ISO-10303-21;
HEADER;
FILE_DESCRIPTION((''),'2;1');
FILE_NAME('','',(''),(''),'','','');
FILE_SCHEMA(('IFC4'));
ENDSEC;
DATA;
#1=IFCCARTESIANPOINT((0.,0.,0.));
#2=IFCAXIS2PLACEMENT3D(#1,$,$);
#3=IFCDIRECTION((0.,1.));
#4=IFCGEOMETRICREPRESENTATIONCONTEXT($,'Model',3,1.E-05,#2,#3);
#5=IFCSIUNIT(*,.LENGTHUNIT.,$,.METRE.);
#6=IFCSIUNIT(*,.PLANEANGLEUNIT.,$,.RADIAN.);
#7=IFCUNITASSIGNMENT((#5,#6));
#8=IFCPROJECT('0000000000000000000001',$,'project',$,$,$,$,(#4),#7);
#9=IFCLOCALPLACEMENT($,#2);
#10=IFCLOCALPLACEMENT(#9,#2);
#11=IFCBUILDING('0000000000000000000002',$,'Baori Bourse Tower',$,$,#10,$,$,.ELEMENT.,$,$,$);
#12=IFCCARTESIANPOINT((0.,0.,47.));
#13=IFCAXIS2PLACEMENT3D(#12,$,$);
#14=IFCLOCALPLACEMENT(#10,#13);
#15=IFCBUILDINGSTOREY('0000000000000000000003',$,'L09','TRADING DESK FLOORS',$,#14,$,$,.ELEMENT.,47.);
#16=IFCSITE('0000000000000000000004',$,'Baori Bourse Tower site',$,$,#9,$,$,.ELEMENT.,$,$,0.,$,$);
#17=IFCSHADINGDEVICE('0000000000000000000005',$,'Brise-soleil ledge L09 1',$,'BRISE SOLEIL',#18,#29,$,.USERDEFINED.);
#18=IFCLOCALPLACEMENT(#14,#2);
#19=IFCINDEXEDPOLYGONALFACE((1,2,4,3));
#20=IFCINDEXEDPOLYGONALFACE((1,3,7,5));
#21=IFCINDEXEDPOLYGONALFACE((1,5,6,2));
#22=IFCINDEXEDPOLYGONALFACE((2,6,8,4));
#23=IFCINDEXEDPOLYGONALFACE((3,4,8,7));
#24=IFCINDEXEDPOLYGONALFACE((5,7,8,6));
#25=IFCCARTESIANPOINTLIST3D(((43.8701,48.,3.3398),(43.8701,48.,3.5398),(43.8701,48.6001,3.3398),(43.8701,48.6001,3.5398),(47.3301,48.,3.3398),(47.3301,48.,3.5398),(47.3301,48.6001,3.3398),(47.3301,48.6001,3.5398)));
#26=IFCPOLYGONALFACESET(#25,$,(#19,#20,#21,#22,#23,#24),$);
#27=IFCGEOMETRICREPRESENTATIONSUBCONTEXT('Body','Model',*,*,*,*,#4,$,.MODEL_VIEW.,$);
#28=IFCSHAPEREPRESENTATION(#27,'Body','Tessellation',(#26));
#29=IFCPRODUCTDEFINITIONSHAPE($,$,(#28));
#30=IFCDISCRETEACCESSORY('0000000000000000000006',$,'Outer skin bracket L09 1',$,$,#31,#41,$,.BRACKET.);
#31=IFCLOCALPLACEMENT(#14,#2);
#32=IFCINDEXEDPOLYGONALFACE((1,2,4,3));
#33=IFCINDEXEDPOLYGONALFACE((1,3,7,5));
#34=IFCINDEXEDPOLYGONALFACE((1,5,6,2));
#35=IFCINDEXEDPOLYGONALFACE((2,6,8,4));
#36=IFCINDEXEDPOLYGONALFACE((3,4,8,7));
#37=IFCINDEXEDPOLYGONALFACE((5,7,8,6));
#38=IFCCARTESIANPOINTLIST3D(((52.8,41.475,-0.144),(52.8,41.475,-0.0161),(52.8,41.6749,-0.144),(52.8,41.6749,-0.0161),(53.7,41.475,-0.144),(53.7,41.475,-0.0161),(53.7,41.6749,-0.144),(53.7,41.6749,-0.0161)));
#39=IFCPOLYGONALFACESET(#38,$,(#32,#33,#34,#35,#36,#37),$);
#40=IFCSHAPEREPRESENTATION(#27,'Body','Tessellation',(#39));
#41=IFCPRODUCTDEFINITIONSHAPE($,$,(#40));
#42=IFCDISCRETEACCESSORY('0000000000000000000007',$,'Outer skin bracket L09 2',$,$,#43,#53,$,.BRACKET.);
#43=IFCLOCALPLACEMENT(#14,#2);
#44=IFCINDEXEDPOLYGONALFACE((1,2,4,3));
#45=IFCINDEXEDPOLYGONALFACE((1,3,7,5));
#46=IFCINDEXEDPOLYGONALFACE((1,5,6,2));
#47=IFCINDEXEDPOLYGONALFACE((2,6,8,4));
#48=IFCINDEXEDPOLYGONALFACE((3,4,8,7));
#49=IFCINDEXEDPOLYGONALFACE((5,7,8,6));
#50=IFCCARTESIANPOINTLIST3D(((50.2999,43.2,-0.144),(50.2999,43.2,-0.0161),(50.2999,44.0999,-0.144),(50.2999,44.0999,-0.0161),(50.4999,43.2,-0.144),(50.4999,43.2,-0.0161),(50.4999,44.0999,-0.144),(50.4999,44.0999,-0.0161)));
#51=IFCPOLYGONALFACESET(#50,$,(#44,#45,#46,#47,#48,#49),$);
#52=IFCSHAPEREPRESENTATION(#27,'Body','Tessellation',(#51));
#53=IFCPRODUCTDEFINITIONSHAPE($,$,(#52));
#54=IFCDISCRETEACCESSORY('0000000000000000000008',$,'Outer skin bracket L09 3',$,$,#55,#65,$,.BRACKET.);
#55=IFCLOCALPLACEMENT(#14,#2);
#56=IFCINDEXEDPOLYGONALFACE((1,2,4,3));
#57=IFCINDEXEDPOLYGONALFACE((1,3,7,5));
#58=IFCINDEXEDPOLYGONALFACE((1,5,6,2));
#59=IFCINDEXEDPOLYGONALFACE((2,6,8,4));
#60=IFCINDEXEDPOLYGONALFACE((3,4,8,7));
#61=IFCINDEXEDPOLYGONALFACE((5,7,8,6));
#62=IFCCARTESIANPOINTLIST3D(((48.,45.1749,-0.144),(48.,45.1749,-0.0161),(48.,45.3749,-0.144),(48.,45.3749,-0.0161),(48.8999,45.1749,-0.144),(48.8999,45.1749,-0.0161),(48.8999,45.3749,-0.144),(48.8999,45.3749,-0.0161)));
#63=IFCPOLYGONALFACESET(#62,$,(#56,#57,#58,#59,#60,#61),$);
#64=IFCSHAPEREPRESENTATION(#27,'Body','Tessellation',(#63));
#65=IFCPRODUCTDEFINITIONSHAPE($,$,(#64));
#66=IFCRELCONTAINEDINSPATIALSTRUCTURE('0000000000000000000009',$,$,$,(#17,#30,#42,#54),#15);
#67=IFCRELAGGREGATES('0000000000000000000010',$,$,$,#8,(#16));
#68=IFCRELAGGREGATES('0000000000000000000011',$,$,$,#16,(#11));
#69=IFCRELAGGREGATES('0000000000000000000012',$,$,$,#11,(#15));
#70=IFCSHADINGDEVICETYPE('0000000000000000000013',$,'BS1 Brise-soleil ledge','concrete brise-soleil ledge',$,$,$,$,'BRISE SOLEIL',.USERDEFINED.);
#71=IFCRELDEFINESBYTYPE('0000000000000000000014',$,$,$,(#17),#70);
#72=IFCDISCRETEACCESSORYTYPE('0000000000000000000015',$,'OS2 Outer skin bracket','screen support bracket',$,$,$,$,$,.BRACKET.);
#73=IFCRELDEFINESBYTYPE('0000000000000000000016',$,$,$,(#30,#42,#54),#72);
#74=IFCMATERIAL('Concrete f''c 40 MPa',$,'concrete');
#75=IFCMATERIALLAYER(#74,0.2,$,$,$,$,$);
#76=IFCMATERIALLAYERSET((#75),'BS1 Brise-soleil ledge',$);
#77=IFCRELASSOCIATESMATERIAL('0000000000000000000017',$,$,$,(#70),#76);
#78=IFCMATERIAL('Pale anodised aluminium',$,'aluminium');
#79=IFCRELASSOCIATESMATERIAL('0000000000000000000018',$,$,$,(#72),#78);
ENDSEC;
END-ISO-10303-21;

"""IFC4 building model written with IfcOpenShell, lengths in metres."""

from ifc_helpers import new_model, si_unit, direction, frame, origin, origin_2d, place, context, subcontext, project, spatial, rectangle, extrude, material, layer, layer_set, type_object, element, save


model = new_model("IFC4")

# Units and contexts
model_context = context("Model", 3, precision=1e-05, world=origin(), true_north=direction((0.0, 1.0)))
body_context = subcontext(model_context, "Body", "Model", "MODEL_VIEW")
ifc_project = project(units=[si_unit("LENGTHUNIT", "METRE"), si_unit("PLANEANGLEUNIT", "RADIAN")], contexts=[model_context])

# Site, building, storey
site_placement = place(None, origin())
site = spatial("IfcSite", under=ifc_project, at=site_placement, Name="Baori Bourse Tower site", CompositionType="ELEMENT", RefElevation=0.0)
building_placement = place(site_placement, origin())
building = spatial("IfcBuilding", under=site, at=building_placement, Name="Baori Bourse Tower", CompositionType="ELEMENT")
storey_placement = place(building_placement, frame((0.0, 0.0, 47.0)))
storey = spatial("IfcBuildingStorey", under=building, at=storey_placement, Name="L09", Description="TRADING DESK FLOORS", CompositionType="ELEMENT", Elevation=47.0)

# Shading device
ifc_material_1 = material(Name="Concrete f'c 40 MPa", Category="concrete")
ifc_layer_1 = layer(ifc_material_1, 0.2)
ifc_layer_set_1 = layer_set([ifc_layer_1], Name="BS1 Brise-soleil ledge")
shading_device_type = type_object("IfcShadingDeviceType", Name="BS1 Brise-soleil ledge", Description="concrete brise-soleil ledge", ElementType="BRISE SOLEIL", PredefinedType="USERDEFINED", material=ifc_layer_set_1)
shading_device_placement = place(storey_placement, frame((45.6001, 48.3, 3.3398), z_axis=(0.0, 0.0, 1.0), x_axis=(-1.0, 0.0, 0.0)))
element("IfcShadingDevice", 1, at=shading_device_placement, inside=storey, type_object=shading_device_type, Name="Brise-soleil ledge L09 1", ObjectType="BRISE SOLEIL", PredefinedType="USERDEFINED", context=body_context, shape_type="SweptSolid", body=[
    extrude(rectangle(XDim=3.46, YDim=0.6001, at=origin_2d()), origin(), (0.0, 0.0, 1.0), 0.2),
])

# Discrete accessories
ifc_material_2 = material(Name="Pale anodised aluminium", Category="aluminium")
discrete_accessory_type = type_object("IfcDiscreteAccessoryType", Name="OS2 Outer skin bracket", Description="screen support bracket", PredefinedType="BRACKET", material=ifc_material_2)
for number, where, z_axis, x_axis, name in (
    (2, (53.25, 41.575, -0.144), (0.0, 0.0, 1.0), (0.0, 1.0, 0.0), "Outer skin bracket L09 1"),
    (3, (50.3999, 43.6499, -0.144), (0.0, 0.0, 1.0), (-1.0, 0.0, 0.0), "Outer skin bracket L09 2"),
    (4, (48.45, 45.2749, -0.144), (0.0, 0.0, 1.0), (0.0, 1.0, 0.0), "Outer skin bracket L09 3"),
):
    element("IfcDiscreteAccessory", number, at=place(storey_placement, frame(where, z_axis=z_axis, x_axis=x_axis)), inside=storey, type_object=discrete_accessory_type, Name=name, PredefinedType="BRACKET", context=body_context, shape_type="SweptSolid", body=[
        extrude(rectangle(XDim=0.2, YDim=0.8999, at=origin_2d()), origin(), (0.0, 0.0, 1.0), 0.1279),
    ])

save(model, "model.ifc")
